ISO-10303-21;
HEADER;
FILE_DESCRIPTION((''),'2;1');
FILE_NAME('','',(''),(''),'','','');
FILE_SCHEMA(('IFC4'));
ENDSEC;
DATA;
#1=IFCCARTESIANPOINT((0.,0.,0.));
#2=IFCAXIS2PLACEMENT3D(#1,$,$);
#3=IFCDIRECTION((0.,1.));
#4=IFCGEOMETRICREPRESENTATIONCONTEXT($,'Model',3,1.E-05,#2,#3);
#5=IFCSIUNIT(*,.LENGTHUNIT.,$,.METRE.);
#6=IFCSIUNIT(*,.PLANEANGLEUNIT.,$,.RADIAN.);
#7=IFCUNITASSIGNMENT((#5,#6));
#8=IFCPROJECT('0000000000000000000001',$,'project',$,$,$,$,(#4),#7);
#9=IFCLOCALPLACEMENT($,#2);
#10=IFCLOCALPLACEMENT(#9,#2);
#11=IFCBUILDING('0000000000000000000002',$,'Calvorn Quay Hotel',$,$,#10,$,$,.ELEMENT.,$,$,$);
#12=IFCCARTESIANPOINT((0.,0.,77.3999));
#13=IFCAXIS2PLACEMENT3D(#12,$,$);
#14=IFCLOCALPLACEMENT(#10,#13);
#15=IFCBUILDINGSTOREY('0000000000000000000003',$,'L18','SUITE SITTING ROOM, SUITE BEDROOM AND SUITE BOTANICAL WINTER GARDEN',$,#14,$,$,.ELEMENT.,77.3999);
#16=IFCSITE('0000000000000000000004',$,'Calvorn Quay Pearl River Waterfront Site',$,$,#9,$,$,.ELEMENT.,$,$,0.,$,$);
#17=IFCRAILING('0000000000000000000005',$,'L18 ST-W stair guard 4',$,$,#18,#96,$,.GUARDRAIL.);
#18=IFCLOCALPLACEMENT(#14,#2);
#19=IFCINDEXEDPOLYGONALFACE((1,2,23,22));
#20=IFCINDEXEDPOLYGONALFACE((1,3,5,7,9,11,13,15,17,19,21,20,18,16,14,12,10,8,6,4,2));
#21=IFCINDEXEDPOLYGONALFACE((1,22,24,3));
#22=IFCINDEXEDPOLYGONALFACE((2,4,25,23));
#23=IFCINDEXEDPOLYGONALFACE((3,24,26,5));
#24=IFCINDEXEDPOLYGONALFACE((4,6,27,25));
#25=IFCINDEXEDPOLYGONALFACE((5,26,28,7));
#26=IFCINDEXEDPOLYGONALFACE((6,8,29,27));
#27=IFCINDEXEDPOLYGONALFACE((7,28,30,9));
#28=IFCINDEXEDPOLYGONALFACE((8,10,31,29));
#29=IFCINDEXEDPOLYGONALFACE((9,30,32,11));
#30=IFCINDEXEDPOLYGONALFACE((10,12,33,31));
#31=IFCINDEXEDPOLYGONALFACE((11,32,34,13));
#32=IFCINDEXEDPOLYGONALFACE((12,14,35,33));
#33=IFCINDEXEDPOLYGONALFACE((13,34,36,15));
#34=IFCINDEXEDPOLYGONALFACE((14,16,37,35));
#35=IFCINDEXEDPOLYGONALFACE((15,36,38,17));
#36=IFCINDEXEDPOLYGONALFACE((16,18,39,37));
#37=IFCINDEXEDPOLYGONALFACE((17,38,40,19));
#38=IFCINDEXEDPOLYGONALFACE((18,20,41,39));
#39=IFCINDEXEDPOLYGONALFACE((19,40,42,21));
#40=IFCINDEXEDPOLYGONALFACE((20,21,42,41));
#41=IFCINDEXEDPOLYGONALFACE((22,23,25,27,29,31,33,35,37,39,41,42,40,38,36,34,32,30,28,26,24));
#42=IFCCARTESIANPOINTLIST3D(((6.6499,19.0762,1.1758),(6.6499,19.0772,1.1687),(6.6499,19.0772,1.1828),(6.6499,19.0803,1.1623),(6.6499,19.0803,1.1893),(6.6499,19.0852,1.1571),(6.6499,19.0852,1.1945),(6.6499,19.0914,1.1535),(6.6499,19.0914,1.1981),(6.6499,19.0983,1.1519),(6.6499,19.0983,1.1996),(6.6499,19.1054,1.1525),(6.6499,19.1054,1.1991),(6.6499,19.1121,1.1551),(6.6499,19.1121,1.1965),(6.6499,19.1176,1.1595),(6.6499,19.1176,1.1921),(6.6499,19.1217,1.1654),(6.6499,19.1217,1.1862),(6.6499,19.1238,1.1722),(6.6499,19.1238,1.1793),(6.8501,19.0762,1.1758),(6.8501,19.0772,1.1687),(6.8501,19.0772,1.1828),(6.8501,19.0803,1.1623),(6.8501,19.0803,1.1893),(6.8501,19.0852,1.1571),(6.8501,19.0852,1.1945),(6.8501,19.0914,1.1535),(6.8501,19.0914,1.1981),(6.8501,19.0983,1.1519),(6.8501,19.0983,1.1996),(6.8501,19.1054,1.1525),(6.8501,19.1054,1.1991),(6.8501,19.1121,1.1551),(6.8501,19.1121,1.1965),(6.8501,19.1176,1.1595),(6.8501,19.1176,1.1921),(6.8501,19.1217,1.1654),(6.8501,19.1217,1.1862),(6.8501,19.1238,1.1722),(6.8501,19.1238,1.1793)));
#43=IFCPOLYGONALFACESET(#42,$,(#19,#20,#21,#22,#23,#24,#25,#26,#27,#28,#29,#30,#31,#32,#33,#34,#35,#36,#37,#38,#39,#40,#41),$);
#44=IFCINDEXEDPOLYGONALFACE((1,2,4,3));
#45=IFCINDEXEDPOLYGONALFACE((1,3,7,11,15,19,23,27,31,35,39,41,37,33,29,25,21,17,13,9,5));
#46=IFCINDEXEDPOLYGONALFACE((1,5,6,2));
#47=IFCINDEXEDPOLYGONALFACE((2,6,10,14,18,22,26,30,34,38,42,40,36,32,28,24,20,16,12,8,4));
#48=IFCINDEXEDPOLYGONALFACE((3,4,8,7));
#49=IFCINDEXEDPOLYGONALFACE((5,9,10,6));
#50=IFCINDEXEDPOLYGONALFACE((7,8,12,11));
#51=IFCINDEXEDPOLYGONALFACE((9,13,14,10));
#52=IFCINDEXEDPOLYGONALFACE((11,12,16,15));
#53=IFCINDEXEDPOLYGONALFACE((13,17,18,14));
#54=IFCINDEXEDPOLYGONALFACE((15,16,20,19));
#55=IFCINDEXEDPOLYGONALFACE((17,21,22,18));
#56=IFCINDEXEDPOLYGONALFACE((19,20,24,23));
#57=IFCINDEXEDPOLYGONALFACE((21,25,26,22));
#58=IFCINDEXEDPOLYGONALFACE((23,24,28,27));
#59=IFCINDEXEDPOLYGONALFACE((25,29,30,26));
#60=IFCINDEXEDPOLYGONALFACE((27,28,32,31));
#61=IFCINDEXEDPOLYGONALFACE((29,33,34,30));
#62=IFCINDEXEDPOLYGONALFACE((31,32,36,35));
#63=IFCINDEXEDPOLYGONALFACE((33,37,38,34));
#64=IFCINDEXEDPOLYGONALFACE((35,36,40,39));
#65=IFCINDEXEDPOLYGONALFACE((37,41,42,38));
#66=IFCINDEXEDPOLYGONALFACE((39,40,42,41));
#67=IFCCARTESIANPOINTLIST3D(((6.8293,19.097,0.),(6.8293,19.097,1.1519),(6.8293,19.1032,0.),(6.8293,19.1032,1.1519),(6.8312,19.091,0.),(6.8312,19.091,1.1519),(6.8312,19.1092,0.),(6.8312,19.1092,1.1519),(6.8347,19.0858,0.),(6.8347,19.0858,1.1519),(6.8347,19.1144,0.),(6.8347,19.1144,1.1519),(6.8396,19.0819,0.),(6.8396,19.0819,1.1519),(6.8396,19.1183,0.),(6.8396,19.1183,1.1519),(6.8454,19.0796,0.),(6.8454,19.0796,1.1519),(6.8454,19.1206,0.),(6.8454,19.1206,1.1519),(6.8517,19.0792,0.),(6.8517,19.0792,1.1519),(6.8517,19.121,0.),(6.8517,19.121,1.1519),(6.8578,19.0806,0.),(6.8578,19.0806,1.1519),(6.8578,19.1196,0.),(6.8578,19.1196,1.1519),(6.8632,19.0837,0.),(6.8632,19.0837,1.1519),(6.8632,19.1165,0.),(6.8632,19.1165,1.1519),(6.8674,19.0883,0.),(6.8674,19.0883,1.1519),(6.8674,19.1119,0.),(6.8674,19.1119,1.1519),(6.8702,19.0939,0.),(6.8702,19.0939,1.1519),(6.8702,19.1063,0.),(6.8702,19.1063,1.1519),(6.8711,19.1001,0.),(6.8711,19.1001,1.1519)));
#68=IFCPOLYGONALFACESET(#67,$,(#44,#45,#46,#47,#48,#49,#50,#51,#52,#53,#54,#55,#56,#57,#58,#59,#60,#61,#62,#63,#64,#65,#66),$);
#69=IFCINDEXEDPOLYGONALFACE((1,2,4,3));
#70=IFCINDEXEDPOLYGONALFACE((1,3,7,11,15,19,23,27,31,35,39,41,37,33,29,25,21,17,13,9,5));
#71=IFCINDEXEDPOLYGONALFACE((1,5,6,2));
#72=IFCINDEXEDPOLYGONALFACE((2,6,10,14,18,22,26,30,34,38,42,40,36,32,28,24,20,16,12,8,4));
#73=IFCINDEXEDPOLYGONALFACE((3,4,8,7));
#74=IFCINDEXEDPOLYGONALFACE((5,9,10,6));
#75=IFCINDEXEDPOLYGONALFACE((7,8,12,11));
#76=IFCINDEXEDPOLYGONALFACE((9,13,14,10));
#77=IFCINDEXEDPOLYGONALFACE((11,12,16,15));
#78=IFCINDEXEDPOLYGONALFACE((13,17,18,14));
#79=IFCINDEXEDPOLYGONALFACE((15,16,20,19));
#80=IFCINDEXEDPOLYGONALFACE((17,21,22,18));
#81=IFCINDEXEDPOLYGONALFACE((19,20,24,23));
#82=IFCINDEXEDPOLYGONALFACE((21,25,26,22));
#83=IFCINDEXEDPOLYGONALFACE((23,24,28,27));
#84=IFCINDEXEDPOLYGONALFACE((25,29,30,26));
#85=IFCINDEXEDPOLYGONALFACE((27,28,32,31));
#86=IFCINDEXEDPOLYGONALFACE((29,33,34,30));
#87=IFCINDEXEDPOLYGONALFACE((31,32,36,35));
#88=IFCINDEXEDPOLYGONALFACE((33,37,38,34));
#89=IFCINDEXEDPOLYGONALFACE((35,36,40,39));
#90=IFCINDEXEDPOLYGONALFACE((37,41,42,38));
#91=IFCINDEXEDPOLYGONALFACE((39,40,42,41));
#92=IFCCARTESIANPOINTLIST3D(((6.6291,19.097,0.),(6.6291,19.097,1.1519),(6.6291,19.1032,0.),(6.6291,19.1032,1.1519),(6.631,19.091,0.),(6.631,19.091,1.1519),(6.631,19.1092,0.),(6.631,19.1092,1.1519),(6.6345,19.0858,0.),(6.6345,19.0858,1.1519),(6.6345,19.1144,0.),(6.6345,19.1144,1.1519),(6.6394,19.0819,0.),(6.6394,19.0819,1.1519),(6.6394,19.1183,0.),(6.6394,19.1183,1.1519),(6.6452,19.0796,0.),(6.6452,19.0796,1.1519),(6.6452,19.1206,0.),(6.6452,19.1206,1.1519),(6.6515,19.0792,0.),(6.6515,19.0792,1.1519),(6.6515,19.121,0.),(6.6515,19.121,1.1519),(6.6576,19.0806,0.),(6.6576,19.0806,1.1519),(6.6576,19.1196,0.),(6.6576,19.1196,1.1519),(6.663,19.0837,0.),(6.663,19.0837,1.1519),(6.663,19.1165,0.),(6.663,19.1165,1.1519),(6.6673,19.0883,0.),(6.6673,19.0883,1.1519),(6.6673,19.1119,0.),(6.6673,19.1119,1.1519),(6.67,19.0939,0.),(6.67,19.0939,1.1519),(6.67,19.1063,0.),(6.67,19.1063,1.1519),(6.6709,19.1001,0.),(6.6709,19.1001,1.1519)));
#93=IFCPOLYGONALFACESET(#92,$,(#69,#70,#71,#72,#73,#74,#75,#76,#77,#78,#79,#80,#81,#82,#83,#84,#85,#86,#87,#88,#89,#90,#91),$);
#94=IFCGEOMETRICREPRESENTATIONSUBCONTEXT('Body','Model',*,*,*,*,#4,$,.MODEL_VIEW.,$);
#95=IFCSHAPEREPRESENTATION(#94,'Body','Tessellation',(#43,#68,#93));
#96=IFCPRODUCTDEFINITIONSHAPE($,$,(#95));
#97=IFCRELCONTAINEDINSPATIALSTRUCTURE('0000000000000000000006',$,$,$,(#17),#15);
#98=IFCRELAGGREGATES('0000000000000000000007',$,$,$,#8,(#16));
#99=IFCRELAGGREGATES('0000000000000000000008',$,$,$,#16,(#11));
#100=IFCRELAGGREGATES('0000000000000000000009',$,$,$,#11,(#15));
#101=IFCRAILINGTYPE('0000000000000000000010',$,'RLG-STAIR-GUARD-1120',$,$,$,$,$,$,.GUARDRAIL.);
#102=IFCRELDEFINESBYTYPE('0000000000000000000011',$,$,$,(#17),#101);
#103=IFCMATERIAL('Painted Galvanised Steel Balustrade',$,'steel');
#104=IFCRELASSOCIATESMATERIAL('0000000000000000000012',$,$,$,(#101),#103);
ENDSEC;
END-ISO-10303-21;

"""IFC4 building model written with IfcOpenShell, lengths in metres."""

from ifc_helpers import new_model, si_unit, direction, frame, origin, origin_2d, place, context, subcontext, project, spatial, circle, extrude, material, type_object, element, save


model = new_model("IFC4")

# Units and contexts
model_context = context("Model", 3, precision=1e-05, world=origin(), true_north=direction((0.0, 1.0)))
body_context = subcontext(model_context, "Body", "Model", "MODEL_VIEW")
ifc_project = project(units=[si_unit("LENGTHUNIT", "METRE"), si_unit("PLANEANGLEUNIT", "RADIAN")], contexts=[model_context])

# Site, building, storey
site_placement = place(None, origin())
site = spatial("IfcSite", under=ifc_project, at=site_placement, Name="Calvorn Quay Pearl River Waterfront Site", CompositionType="ELEMENT", RefElevation=0.0)
building_placement = place(site_placement, origin())
building = spatial("IfcBuilding", under=site, at=building_placement, Name="Calvorn Quay Hotel", CompositionType="ELEMENT")
storey_placement = place(building_placement, frame((0.0, 0.0, 77.3999)))
storey = spatial("IfcBuildingStorey", under=building, at=storey_placement, Name="L18", Description="SUITE SITTING ROOM, SUITE BEDROOM AND SUITE BOTANICAL WINTER GARDEN", CompositionType="ELEMENT", Elevation=77.3999)

# Railing
ifc_material_1 = material(Name="Painted Galvanised Steel Balustrade", Category="steel")
railing_type_1 = type_object("IfcRailingType", Name="RLG-STAIR-GUARD-1120", PredefinedType="GUARDRAIL", material=ifc_material_1)
railing_1_placement = place(storey_placement, frame((6.8501, 19.1001, 0.0)))
element("IfcRailing", 1, at=railing_1_placement, inside=storey, type_object=railing_type_1, Name="L18 ST-W stair guard 4", PredefinedType="GUARDRAIL", context=body_context, shape_type="SweptSolid", body=[
    extrude(circle(Radius=0.0239, at=origin_2d()), frame((0.0, 0.0, 1.1758), z_axis=(-1.0, 0.0, 0.0), x_axis=(0.0, -1.0, 0.0)), (0.0, 0.0, 1.0), 0.2002),
    extrude(circle(Radius=0.021, at=origin_2d()), origin(), (0.0, 0.0, 1.0), 1.1519),
    extrude(circle(Radius=0.021, at=origin_2d()), frame((-0.2002, 0.0, 0.0)), (0.0, 0.0, 1.0), 1.1519),
])

save(model, "model.ifc")
